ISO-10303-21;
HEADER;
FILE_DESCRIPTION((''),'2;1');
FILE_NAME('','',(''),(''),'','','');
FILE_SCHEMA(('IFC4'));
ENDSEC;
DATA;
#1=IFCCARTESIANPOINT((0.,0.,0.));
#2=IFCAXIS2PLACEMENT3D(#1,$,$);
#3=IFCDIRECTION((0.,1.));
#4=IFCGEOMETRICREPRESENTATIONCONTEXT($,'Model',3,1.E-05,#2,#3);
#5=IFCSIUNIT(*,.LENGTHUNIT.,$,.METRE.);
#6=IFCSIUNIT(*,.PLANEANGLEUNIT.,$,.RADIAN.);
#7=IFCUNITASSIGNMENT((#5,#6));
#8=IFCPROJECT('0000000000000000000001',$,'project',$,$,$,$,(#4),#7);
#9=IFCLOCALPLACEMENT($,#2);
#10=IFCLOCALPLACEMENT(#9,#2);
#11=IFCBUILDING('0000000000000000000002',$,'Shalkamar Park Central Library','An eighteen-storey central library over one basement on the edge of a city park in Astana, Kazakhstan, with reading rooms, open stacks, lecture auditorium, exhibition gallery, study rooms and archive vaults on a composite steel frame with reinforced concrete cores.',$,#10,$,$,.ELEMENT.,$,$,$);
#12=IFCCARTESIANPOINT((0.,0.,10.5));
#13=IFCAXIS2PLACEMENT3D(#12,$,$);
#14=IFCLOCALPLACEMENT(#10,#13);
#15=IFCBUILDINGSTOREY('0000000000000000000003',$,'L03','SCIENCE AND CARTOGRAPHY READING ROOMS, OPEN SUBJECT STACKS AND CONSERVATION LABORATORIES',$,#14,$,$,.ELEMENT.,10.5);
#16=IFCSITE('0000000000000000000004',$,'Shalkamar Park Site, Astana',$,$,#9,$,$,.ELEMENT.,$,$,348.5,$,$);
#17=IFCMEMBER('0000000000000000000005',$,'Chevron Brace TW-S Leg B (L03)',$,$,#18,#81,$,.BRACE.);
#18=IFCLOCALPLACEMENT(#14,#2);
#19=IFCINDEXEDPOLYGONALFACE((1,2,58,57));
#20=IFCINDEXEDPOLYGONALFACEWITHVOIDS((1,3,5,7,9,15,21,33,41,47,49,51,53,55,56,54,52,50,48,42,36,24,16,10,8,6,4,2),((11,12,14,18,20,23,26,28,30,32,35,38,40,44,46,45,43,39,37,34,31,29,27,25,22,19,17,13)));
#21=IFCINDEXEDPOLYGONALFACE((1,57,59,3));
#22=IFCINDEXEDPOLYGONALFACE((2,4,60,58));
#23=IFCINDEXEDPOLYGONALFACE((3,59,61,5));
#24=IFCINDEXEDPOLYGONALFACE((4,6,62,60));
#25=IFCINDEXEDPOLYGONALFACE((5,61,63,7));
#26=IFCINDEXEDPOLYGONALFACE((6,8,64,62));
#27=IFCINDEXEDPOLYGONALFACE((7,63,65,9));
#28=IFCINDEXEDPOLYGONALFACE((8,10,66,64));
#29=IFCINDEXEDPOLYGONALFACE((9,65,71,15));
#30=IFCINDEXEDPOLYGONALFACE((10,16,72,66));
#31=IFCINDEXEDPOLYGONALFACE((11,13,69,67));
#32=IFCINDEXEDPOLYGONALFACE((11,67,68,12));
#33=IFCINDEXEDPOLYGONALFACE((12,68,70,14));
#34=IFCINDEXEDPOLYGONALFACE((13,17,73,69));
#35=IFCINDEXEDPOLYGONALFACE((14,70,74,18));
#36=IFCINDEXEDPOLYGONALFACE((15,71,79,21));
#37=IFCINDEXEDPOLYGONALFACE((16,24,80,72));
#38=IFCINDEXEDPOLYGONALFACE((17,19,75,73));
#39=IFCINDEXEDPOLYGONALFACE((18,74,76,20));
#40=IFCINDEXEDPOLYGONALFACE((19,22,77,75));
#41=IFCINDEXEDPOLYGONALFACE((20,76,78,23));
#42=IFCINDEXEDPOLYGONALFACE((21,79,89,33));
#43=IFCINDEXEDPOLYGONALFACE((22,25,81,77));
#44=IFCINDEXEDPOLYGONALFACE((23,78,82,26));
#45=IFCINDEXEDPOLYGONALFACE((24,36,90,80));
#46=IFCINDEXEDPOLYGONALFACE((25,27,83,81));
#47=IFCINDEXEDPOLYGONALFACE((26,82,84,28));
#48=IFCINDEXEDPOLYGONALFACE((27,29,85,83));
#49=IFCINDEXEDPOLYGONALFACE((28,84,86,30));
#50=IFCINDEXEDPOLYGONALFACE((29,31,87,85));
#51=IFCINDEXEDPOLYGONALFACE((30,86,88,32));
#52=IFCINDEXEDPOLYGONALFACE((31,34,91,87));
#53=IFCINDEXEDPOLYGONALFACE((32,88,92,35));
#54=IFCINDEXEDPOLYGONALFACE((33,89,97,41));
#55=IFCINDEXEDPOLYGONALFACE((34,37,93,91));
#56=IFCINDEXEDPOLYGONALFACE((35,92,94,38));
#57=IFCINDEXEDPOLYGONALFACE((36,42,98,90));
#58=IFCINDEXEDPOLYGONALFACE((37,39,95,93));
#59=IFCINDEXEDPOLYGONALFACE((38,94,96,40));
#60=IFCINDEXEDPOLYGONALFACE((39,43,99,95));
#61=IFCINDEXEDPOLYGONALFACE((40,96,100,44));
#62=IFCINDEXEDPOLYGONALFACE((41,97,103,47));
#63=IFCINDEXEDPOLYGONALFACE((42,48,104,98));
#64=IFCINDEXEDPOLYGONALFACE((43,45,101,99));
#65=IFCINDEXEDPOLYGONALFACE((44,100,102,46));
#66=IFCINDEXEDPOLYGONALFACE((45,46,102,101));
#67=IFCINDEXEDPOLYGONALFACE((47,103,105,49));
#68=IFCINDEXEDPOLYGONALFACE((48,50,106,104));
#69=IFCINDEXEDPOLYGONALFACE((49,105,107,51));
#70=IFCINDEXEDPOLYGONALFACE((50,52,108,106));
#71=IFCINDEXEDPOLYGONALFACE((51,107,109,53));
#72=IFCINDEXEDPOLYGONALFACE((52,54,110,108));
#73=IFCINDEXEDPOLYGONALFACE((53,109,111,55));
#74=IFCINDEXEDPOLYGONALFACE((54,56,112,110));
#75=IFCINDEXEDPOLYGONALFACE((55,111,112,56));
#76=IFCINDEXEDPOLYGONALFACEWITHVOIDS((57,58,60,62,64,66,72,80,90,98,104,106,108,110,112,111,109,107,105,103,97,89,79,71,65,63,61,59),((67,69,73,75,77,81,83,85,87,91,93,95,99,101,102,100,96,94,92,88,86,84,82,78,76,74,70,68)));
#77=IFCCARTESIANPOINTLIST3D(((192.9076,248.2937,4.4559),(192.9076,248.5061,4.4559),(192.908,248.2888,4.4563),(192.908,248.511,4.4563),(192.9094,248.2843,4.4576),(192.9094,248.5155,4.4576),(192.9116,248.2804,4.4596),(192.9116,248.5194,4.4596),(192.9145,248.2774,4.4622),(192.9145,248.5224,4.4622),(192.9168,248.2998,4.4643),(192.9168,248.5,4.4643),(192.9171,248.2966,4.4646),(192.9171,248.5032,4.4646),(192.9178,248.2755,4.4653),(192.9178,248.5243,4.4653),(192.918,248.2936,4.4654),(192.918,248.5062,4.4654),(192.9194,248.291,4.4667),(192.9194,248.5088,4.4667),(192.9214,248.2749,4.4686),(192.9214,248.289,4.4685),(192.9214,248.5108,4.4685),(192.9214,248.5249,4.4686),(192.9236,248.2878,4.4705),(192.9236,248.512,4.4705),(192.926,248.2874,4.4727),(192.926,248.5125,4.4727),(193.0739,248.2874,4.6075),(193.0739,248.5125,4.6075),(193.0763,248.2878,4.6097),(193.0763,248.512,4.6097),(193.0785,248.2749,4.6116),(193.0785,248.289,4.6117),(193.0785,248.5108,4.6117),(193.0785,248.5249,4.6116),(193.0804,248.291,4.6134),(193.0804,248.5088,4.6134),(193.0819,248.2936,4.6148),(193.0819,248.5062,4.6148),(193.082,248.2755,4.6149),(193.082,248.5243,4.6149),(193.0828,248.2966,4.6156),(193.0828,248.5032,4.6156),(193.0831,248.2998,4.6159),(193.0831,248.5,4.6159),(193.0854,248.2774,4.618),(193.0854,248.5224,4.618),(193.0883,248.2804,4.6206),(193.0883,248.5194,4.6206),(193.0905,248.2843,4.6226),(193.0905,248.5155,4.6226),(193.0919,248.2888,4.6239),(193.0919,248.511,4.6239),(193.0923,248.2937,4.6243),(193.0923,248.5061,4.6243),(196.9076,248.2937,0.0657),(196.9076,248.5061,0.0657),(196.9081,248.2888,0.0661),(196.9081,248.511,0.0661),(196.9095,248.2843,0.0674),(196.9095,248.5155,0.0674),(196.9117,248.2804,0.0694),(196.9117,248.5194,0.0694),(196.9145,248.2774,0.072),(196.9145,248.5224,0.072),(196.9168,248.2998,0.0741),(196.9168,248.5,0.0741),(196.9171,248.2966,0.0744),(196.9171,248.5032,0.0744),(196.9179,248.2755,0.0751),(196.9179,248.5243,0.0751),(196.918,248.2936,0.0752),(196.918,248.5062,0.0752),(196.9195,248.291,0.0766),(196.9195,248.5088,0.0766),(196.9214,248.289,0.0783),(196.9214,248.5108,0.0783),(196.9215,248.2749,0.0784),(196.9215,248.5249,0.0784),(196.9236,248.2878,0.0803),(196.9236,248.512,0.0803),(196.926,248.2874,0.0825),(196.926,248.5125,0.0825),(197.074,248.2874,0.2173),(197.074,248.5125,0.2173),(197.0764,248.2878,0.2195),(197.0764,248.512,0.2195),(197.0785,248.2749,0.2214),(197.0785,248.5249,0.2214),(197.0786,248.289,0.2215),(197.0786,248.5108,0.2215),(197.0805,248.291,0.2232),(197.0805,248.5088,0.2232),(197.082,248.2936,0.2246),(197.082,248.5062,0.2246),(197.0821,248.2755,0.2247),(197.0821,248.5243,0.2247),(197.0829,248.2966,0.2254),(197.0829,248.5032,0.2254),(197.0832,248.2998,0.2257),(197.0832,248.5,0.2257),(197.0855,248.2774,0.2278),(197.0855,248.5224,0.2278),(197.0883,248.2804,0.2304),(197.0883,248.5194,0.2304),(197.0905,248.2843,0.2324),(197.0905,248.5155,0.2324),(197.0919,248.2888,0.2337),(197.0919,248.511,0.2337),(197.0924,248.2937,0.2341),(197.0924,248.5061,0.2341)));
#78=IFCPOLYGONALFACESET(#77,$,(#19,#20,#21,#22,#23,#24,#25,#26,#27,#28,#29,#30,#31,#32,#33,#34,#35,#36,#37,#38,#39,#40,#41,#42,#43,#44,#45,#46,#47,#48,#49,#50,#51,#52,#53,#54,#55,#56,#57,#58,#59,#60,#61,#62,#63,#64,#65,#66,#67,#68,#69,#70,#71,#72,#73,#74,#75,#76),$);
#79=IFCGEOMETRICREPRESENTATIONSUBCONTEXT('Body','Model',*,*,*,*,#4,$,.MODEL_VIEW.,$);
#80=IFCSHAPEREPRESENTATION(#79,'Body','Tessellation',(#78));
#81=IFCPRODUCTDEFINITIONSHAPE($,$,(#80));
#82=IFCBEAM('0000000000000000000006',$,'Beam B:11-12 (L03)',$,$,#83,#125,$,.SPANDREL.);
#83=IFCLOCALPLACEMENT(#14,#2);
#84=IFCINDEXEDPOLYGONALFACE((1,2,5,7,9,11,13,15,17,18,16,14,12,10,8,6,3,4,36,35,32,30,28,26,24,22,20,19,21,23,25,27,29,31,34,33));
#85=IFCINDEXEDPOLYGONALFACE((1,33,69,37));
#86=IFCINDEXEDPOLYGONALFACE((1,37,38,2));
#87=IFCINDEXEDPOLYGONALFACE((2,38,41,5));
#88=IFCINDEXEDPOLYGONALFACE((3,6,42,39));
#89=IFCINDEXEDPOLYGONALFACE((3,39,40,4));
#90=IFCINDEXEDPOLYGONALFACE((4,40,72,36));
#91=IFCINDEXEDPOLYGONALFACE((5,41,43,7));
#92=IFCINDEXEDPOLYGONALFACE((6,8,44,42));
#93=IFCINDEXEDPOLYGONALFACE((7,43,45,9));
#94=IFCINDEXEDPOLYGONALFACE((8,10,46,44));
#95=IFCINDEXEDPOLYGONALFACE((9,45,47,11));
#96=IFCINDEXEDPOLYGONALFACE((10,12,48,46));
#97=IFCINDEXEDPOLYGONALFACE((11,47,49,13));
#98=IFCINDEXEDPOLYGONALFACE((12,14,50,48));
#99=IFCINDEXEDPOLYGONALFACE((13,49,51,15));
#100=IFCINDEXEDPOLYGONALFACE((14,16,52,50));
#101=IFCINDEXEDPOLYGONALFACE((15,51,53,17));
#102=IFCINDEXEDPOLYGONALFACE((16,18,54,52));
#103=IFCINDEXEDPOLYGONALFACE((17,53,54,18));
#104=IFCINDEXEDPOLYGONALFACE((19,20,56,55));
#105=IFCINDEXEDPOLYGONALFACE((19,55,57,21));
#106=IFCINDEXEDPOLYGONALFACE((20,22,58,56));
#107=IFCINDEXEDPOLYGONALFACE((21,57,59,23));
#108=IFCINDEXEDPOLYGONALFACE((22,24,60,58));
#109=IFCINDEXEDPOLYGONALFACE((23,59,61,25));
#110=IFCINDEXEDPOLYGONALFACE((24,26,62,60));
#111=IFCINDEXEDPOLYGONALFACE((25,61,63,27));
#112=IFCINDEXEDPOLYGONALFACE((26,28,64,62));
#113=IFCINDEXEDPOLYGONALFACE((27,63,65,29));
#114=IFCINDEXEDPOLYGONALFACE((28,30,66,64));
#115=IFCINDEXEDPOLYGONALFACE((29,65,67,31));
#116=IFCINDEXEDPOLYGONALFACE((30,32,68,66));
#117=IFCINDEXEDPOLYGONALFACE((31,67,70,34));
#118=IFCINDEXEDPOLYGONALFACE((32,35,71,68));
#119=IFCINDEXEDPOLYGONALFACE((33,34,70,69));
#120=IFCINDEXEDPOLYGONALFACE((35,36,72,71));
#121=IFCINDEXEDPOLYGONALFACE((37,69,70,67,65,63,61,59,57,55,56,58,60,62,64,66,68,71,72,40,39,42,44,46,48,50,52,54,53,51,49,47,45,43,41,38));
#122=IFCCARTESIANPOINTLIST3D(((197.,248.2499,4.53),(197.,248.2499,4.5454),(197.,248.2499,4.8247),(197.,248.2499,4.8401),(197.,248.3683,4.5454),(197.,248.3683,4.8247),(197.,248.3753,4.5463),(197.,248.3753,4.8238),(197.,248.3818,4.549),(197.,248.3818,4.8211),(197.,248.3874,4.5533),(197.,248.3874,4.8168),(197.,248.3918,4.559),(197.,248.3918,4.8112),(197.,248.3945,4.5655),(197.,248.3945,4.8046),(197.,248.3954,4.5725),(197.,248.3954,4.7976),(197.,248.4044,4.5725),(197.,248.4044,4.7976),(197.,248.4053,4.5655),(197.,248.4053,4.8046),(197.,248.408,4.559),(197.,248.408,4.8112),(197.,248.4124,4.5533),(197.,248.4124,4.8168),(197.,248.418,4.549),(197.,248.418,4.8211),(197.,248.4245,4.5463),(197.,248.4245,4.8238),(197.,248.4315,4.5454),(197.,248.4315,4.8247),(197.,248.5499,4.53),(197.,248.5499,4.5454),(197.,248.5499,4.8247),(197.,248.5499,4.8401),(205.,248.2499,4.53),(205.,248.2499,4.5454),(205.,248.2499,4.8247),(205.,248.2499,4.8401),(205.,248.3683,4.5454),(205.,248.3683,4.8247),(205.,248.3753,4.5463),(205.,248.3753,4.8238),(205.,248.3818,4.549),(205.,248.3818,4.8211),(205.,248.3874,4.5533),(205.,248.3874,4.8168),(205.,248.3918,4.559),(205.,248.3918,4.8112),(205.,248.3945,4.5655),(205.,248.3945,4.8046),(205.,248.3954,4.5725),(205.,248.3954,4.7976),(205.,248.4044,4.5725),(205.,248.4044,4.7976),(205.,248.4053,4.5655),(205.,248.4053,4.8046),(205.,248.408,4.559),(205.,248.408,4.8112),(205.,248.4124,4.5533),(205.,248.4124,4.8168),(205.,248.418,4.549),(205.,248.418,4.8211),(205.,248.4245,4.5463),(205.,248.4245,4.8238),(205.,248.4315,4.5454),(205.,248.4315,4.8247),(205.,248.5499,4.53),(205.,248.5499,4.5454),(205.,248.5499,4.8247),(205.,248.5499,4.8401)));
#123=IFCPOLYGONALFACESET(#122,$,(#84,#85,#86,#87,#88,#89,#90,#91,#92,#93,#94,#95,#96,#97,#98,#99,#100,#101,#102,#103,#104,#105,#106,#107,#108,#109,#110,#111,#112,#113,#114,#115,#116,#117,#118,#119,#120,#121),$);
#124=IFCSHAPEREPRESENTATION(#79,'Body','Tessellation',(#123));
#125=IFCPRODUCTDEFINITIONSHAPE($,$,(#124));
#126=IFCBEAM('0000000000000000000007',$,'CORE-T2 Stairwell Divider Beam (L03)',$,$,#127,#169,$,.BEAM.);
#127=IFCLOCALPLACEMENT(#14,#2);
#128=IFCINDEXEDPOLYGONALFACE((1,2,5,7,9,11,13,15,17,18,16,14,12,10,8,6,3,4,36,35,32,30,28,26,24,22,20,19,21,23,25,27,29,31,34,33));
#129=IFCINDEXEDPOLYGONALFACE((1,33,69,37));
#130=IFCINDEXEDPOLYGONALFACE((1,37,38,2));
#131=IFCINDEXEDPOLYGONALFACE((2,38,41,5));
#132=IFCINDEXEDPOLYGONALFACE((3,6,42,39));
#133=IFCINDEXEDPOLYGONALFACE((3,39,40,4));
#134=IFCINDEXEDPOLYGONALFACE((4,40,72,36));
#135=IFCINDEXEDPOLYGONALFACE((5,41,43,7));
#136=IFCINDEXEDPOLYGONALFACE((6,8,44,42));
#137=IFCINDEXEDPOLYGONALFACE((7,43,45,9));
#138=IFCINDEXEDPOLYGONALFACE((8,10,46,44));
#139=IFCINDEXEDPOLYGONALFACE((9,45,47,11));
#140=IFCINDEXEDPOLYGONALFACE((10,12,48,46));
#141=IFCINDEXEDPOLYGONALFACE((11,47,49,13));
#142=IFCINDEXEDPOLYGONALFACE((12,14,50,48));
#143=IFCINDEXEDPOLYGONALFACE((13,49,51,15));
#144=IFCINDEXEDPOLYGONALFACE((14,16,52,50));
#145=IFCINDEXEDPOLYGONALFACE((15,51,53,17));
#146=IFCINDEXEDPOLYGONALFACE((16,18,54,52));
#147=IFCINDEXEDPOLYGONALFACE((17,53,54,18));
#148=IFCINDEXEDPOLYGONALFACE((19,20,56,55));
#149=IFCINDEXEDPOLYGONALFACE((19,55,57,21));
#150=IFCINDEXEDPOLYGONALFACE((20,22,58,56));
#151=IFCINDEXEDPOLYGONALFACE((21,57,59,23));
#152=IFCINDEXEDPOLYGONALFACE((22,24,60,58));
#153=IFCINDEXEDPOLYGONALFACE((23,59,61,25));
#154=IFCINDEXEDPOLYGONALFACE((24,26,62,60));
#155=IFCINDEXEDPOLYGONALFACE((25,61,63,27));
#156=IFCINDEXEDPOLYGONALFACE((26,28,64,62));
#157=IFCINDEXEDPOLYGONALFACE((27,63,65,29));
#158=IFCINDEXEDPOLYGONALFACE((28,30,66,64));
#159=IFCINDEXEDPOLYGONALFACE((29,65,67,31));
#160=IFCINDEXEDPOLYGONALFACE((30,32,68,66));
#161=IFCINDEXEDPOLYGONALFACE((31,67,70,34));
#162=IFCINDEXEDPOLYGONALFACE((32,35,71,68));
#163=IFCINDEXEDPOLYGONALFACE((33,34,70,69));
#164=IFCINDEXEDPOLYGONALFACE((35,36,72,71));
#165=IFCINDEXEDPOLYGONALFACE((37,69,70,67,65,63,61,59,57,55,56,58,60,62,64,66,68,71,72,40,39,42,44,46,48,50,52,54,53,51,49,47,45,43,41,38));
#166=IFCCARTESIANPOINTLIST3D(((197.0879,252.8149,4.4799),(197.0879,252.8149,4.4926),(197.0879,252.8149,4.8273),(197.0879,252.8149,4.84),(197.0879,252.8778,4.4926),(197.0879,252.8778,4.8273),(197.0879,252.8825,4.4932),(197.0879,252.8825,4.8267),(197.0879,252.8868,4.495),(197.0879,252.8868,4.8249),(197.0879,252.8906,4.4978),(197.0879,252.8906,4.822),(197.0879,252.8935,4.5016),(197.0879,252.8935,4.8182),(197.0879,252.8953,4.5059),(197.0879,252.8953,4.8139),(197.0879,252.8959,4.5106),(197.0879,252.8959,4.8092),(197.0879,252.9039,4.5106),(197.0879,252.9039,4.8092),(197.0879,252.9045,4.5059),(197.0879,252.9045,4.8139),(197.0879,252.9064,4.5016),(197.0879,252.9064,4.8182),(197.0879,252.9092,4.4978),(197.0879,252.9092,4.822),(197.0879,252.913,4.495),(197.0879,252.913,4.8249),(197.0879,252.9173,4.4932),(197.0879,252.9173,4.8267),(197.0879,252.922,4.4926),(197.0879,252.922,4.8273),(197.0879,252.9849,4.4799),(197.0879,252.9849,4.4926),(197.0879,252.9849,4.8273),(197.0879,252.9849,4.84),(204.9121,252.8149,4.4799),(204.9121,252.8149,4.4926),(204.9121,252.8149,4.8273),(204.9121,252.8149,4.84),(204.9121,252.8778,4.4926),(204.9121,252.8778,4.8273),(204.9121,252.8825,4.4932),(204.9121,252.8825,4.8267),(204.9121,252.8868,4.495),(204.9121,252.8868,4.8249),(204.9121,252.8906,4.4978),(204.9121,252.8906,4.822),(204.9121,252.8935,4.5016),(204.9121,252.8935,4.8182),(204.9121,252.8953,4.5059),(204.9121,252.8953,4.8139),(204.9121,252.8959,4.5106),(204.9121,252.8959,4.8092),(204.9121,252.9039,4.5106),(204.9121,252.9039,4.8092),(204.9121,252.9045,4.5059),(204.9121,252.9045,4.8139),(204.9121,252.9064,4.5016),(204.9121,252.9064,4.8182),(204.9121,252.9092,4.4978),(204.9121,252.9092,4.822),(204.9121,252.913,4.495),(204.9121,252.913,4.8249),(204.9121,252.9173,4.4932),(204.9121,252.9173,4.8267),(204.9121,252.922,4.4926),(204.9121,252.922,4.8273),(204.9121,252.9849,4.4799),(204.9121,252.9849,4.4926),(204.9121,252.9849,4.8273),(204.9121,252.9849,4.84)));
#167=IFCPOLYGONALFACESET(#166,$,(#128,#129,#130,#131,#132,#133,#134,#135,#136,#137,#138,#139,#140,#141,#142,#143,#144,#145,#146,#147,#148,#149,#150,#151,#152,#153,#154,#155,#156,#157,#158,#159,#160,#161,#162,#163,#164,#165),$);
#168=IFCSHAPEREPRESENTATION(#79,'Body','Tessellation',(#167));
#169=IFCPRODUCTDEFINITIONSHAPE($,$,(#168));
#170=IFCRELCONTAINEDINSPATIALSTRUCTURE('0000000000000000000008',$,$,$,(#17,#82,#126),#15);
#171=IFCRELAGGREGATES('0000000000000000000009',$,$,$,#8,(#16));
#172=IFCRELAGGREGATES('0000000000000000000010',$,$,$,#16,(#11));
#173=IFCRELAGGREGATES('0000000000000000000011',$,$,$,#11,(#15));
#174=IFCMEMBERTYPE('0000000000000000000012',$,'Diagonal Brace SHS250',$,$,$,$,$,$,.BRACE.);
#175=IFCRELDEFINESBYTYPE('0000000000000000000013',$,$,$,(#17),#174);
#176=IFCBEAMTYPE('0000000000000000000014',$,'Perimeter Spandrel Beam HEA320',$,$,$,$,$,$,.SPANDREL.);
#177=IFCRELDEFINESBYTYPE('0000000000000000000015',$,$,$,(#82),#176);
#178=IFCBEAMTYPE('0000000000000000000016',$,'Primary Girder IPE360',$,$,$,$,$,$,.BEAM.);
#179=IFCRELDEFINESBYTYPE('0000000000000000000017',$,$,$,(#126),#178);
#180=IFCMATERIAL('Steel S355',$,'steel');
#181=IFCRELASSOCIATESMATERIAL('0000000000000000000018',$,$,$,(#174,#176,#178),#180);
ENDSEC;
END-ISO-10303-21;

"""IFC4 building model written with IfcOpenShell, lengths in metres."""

from ifc_helpers import new_model, si_unit, direction, frame, origin, origin_2d, place, context, subcontext, project, spatial, hollow_rectangle, i_section, extrude, material, material_profile, profile_set, type_object, element, save


model = new_model("IFC4")

# Units and contexts
model_context = context("Model", 3, precision=1e-05, world=origin(), true_north=direction((0.0, 1.0)))
body_context = subcontext(model_context, "Body", "Model", "MODEL_VIEW")
ifc_project = project(units=[si_unit("LENGTHUNIT", "METRE"), si_unit("PLANEANGLEUNIT", "RADIAN")], contexts=[model_context])

# Site, building, storey
site_placement = place(None, origin())
site = spatial("IfcSite", under=ifc_project, at=site_placement, Name="Shalkamar Park Site, Astana", CompositionType="ELEMENT", RefElevation=348.5)
building_placement = place(site_placement, origin())
building = spatial("IfcBuilding", under=site, at=building_placement, Name="Shalkamar Park Central Library", Description="An eighteen-storey central library over one basement on the edge of a city park in Astana, Kazakhstan, with reading rooms, open stacks, lecture auditorium, exhibition gallery, study rooms and archive vaults on a composite steel frame with reinforced concrete cores.", CompositionType="ELEMENT")
storey_placement = place(building_placement, frame((0.0, 0.0, 10.5)))
storey = spatial("IfcBuildingStorey", under=building, at=storey_placement, Name="L03", Description="SCIENCE AND CARTOGRAPHY READING ROOMS, OPEN SUBJECT STACKS AND CONSERVATION LABORATORIES", CompositionType="ELEMENT", Elevation=10.5)

# Shared definitions
ifc_material_1 = material(Name="Steel S355", Category="steel")

# Member
ifc_material_profile_1 = material_profile(ifc_material_1, hollow_rectangle(XDim=0.25, YDim=0.25, WallThickness=0.0125, InnerFilletRadius=0.0125, OuterFilletRadius=0.0188, at=origin_2d()), Name="SHS 250x250x12.5")
ifc_profile_set_1 = profile_set([ifc_material_profile_1], Name="Steel S355")
member_type = type_object("IfcMemberType", Name="Diagonal Brace SHS250", PredefinedType="BRACE", material=ifc_profile_set_1)
member_placement = place(storey_placement, frame((197.0, 248.3999, 0.1499), z_axis=(-0.673499, 0.0, 0.739188), x_axis=(0.0, -1.0, 0.0)))
element("IfcMember", 1, at=member_placement, inside=storey, type_object=member_type, Name="Chevron Brace TW-S Leg B (L03)", PredefinedType="BRACE", context=body_context, shape_type="SweptSolid", body=[
    extrude(hollow_rectangle(XDim=0.25, YDim=0.25, WallThickness=0.0125, InnerFilletRadius=0.0125, OuterFilletRadius=0.0188, at=origin_2d()), origin(), (0.0, 0.0, 1.0), 5.9392),
])

# Beams
ifc_material_profile_2 = material_profile(ifc_material_1, i_section(OverallWidth=0.3, OverallDepth=0.3101, WebThickness=0.009, FlangeThickness=0.0154, FilletRadius=0.0271, at=origin_2d()), Name="HEA 320")
ifc_profile_set_2 = profile_set([ifc_material_profile_2], Name="Steel S355")
beam_type_1 = type_object("IfcBeamType", Name="Perimeter Spandrel Beam HEA320", PredefinedType="SPANDREL", material=ifc_profile_set_2)
beam_1_placement = place(storey_placement, frame((197.0, 248.3999, 4.6851), z_axis=(1.0, 0.0, 0.0), x_axis=(0.0, 1.0, 0.0)))
element("IfcBeam", 2, at=beam_1_placement, inside=storey, type_object=beam_type_1, Name="Beam B:11-12 (L03)", PredefinedType="SPANDREL", context=body_context, shape_type="SweptSolid", body=[
    extrude(i_section(OverallWidth=0.3, OverallDepth=0.3101, WebThickness=0.009, FlangeThickness=0.0154, FilletRadius=0.0271, at=origin_2d()), origin(), (0.0, 0.0, 1.0), 8.0),
])
ifc_material_profile_3 = material_profile(ifc_material_1, i_section(OverallWidth=0.1699, OverallDepth=0.3601, WebThickness=0.0081, FlangeThickness=0.0127, FilletRadius=0.0181, at=origin_2d()), Name="IPE 360")
ifc_profile_set_3 = profile_set([ifc_material_profile_3], Name="Steel S355")
beam_type_2 = type_object("IfcBeamType", Name="Primary Girder IPE360", PredefinedType="BEAM", material=ifc_profile_set_3)
beam_2_placement = place(storey_placement, frame((197.0879, 252.8999, 4.6599), z_axis=(1.0, 0.0, 0.0), x_axis=(0.0, 1.0, 0.0)))
element("IfcBeam", 3, at=beam_2_placement, inside=storey, type_object=beam_type_2, Name="CORE-T2 Stairwell Divider Beam (L03)", PredefinedType="BEAM", context=body_context, shape_type="SweptSolid", body=[
    extrude(i_section(OverallWidth=0.1699, OverallDepth=0.3601, WebThickness=0.0081, FlangeThickness=0.0127, FilletRadius=0.0181, at=origin_2d()), origin(), (0.0, 0.0, 1.0), 7.8242),
])

save(model, "model.ifc")
